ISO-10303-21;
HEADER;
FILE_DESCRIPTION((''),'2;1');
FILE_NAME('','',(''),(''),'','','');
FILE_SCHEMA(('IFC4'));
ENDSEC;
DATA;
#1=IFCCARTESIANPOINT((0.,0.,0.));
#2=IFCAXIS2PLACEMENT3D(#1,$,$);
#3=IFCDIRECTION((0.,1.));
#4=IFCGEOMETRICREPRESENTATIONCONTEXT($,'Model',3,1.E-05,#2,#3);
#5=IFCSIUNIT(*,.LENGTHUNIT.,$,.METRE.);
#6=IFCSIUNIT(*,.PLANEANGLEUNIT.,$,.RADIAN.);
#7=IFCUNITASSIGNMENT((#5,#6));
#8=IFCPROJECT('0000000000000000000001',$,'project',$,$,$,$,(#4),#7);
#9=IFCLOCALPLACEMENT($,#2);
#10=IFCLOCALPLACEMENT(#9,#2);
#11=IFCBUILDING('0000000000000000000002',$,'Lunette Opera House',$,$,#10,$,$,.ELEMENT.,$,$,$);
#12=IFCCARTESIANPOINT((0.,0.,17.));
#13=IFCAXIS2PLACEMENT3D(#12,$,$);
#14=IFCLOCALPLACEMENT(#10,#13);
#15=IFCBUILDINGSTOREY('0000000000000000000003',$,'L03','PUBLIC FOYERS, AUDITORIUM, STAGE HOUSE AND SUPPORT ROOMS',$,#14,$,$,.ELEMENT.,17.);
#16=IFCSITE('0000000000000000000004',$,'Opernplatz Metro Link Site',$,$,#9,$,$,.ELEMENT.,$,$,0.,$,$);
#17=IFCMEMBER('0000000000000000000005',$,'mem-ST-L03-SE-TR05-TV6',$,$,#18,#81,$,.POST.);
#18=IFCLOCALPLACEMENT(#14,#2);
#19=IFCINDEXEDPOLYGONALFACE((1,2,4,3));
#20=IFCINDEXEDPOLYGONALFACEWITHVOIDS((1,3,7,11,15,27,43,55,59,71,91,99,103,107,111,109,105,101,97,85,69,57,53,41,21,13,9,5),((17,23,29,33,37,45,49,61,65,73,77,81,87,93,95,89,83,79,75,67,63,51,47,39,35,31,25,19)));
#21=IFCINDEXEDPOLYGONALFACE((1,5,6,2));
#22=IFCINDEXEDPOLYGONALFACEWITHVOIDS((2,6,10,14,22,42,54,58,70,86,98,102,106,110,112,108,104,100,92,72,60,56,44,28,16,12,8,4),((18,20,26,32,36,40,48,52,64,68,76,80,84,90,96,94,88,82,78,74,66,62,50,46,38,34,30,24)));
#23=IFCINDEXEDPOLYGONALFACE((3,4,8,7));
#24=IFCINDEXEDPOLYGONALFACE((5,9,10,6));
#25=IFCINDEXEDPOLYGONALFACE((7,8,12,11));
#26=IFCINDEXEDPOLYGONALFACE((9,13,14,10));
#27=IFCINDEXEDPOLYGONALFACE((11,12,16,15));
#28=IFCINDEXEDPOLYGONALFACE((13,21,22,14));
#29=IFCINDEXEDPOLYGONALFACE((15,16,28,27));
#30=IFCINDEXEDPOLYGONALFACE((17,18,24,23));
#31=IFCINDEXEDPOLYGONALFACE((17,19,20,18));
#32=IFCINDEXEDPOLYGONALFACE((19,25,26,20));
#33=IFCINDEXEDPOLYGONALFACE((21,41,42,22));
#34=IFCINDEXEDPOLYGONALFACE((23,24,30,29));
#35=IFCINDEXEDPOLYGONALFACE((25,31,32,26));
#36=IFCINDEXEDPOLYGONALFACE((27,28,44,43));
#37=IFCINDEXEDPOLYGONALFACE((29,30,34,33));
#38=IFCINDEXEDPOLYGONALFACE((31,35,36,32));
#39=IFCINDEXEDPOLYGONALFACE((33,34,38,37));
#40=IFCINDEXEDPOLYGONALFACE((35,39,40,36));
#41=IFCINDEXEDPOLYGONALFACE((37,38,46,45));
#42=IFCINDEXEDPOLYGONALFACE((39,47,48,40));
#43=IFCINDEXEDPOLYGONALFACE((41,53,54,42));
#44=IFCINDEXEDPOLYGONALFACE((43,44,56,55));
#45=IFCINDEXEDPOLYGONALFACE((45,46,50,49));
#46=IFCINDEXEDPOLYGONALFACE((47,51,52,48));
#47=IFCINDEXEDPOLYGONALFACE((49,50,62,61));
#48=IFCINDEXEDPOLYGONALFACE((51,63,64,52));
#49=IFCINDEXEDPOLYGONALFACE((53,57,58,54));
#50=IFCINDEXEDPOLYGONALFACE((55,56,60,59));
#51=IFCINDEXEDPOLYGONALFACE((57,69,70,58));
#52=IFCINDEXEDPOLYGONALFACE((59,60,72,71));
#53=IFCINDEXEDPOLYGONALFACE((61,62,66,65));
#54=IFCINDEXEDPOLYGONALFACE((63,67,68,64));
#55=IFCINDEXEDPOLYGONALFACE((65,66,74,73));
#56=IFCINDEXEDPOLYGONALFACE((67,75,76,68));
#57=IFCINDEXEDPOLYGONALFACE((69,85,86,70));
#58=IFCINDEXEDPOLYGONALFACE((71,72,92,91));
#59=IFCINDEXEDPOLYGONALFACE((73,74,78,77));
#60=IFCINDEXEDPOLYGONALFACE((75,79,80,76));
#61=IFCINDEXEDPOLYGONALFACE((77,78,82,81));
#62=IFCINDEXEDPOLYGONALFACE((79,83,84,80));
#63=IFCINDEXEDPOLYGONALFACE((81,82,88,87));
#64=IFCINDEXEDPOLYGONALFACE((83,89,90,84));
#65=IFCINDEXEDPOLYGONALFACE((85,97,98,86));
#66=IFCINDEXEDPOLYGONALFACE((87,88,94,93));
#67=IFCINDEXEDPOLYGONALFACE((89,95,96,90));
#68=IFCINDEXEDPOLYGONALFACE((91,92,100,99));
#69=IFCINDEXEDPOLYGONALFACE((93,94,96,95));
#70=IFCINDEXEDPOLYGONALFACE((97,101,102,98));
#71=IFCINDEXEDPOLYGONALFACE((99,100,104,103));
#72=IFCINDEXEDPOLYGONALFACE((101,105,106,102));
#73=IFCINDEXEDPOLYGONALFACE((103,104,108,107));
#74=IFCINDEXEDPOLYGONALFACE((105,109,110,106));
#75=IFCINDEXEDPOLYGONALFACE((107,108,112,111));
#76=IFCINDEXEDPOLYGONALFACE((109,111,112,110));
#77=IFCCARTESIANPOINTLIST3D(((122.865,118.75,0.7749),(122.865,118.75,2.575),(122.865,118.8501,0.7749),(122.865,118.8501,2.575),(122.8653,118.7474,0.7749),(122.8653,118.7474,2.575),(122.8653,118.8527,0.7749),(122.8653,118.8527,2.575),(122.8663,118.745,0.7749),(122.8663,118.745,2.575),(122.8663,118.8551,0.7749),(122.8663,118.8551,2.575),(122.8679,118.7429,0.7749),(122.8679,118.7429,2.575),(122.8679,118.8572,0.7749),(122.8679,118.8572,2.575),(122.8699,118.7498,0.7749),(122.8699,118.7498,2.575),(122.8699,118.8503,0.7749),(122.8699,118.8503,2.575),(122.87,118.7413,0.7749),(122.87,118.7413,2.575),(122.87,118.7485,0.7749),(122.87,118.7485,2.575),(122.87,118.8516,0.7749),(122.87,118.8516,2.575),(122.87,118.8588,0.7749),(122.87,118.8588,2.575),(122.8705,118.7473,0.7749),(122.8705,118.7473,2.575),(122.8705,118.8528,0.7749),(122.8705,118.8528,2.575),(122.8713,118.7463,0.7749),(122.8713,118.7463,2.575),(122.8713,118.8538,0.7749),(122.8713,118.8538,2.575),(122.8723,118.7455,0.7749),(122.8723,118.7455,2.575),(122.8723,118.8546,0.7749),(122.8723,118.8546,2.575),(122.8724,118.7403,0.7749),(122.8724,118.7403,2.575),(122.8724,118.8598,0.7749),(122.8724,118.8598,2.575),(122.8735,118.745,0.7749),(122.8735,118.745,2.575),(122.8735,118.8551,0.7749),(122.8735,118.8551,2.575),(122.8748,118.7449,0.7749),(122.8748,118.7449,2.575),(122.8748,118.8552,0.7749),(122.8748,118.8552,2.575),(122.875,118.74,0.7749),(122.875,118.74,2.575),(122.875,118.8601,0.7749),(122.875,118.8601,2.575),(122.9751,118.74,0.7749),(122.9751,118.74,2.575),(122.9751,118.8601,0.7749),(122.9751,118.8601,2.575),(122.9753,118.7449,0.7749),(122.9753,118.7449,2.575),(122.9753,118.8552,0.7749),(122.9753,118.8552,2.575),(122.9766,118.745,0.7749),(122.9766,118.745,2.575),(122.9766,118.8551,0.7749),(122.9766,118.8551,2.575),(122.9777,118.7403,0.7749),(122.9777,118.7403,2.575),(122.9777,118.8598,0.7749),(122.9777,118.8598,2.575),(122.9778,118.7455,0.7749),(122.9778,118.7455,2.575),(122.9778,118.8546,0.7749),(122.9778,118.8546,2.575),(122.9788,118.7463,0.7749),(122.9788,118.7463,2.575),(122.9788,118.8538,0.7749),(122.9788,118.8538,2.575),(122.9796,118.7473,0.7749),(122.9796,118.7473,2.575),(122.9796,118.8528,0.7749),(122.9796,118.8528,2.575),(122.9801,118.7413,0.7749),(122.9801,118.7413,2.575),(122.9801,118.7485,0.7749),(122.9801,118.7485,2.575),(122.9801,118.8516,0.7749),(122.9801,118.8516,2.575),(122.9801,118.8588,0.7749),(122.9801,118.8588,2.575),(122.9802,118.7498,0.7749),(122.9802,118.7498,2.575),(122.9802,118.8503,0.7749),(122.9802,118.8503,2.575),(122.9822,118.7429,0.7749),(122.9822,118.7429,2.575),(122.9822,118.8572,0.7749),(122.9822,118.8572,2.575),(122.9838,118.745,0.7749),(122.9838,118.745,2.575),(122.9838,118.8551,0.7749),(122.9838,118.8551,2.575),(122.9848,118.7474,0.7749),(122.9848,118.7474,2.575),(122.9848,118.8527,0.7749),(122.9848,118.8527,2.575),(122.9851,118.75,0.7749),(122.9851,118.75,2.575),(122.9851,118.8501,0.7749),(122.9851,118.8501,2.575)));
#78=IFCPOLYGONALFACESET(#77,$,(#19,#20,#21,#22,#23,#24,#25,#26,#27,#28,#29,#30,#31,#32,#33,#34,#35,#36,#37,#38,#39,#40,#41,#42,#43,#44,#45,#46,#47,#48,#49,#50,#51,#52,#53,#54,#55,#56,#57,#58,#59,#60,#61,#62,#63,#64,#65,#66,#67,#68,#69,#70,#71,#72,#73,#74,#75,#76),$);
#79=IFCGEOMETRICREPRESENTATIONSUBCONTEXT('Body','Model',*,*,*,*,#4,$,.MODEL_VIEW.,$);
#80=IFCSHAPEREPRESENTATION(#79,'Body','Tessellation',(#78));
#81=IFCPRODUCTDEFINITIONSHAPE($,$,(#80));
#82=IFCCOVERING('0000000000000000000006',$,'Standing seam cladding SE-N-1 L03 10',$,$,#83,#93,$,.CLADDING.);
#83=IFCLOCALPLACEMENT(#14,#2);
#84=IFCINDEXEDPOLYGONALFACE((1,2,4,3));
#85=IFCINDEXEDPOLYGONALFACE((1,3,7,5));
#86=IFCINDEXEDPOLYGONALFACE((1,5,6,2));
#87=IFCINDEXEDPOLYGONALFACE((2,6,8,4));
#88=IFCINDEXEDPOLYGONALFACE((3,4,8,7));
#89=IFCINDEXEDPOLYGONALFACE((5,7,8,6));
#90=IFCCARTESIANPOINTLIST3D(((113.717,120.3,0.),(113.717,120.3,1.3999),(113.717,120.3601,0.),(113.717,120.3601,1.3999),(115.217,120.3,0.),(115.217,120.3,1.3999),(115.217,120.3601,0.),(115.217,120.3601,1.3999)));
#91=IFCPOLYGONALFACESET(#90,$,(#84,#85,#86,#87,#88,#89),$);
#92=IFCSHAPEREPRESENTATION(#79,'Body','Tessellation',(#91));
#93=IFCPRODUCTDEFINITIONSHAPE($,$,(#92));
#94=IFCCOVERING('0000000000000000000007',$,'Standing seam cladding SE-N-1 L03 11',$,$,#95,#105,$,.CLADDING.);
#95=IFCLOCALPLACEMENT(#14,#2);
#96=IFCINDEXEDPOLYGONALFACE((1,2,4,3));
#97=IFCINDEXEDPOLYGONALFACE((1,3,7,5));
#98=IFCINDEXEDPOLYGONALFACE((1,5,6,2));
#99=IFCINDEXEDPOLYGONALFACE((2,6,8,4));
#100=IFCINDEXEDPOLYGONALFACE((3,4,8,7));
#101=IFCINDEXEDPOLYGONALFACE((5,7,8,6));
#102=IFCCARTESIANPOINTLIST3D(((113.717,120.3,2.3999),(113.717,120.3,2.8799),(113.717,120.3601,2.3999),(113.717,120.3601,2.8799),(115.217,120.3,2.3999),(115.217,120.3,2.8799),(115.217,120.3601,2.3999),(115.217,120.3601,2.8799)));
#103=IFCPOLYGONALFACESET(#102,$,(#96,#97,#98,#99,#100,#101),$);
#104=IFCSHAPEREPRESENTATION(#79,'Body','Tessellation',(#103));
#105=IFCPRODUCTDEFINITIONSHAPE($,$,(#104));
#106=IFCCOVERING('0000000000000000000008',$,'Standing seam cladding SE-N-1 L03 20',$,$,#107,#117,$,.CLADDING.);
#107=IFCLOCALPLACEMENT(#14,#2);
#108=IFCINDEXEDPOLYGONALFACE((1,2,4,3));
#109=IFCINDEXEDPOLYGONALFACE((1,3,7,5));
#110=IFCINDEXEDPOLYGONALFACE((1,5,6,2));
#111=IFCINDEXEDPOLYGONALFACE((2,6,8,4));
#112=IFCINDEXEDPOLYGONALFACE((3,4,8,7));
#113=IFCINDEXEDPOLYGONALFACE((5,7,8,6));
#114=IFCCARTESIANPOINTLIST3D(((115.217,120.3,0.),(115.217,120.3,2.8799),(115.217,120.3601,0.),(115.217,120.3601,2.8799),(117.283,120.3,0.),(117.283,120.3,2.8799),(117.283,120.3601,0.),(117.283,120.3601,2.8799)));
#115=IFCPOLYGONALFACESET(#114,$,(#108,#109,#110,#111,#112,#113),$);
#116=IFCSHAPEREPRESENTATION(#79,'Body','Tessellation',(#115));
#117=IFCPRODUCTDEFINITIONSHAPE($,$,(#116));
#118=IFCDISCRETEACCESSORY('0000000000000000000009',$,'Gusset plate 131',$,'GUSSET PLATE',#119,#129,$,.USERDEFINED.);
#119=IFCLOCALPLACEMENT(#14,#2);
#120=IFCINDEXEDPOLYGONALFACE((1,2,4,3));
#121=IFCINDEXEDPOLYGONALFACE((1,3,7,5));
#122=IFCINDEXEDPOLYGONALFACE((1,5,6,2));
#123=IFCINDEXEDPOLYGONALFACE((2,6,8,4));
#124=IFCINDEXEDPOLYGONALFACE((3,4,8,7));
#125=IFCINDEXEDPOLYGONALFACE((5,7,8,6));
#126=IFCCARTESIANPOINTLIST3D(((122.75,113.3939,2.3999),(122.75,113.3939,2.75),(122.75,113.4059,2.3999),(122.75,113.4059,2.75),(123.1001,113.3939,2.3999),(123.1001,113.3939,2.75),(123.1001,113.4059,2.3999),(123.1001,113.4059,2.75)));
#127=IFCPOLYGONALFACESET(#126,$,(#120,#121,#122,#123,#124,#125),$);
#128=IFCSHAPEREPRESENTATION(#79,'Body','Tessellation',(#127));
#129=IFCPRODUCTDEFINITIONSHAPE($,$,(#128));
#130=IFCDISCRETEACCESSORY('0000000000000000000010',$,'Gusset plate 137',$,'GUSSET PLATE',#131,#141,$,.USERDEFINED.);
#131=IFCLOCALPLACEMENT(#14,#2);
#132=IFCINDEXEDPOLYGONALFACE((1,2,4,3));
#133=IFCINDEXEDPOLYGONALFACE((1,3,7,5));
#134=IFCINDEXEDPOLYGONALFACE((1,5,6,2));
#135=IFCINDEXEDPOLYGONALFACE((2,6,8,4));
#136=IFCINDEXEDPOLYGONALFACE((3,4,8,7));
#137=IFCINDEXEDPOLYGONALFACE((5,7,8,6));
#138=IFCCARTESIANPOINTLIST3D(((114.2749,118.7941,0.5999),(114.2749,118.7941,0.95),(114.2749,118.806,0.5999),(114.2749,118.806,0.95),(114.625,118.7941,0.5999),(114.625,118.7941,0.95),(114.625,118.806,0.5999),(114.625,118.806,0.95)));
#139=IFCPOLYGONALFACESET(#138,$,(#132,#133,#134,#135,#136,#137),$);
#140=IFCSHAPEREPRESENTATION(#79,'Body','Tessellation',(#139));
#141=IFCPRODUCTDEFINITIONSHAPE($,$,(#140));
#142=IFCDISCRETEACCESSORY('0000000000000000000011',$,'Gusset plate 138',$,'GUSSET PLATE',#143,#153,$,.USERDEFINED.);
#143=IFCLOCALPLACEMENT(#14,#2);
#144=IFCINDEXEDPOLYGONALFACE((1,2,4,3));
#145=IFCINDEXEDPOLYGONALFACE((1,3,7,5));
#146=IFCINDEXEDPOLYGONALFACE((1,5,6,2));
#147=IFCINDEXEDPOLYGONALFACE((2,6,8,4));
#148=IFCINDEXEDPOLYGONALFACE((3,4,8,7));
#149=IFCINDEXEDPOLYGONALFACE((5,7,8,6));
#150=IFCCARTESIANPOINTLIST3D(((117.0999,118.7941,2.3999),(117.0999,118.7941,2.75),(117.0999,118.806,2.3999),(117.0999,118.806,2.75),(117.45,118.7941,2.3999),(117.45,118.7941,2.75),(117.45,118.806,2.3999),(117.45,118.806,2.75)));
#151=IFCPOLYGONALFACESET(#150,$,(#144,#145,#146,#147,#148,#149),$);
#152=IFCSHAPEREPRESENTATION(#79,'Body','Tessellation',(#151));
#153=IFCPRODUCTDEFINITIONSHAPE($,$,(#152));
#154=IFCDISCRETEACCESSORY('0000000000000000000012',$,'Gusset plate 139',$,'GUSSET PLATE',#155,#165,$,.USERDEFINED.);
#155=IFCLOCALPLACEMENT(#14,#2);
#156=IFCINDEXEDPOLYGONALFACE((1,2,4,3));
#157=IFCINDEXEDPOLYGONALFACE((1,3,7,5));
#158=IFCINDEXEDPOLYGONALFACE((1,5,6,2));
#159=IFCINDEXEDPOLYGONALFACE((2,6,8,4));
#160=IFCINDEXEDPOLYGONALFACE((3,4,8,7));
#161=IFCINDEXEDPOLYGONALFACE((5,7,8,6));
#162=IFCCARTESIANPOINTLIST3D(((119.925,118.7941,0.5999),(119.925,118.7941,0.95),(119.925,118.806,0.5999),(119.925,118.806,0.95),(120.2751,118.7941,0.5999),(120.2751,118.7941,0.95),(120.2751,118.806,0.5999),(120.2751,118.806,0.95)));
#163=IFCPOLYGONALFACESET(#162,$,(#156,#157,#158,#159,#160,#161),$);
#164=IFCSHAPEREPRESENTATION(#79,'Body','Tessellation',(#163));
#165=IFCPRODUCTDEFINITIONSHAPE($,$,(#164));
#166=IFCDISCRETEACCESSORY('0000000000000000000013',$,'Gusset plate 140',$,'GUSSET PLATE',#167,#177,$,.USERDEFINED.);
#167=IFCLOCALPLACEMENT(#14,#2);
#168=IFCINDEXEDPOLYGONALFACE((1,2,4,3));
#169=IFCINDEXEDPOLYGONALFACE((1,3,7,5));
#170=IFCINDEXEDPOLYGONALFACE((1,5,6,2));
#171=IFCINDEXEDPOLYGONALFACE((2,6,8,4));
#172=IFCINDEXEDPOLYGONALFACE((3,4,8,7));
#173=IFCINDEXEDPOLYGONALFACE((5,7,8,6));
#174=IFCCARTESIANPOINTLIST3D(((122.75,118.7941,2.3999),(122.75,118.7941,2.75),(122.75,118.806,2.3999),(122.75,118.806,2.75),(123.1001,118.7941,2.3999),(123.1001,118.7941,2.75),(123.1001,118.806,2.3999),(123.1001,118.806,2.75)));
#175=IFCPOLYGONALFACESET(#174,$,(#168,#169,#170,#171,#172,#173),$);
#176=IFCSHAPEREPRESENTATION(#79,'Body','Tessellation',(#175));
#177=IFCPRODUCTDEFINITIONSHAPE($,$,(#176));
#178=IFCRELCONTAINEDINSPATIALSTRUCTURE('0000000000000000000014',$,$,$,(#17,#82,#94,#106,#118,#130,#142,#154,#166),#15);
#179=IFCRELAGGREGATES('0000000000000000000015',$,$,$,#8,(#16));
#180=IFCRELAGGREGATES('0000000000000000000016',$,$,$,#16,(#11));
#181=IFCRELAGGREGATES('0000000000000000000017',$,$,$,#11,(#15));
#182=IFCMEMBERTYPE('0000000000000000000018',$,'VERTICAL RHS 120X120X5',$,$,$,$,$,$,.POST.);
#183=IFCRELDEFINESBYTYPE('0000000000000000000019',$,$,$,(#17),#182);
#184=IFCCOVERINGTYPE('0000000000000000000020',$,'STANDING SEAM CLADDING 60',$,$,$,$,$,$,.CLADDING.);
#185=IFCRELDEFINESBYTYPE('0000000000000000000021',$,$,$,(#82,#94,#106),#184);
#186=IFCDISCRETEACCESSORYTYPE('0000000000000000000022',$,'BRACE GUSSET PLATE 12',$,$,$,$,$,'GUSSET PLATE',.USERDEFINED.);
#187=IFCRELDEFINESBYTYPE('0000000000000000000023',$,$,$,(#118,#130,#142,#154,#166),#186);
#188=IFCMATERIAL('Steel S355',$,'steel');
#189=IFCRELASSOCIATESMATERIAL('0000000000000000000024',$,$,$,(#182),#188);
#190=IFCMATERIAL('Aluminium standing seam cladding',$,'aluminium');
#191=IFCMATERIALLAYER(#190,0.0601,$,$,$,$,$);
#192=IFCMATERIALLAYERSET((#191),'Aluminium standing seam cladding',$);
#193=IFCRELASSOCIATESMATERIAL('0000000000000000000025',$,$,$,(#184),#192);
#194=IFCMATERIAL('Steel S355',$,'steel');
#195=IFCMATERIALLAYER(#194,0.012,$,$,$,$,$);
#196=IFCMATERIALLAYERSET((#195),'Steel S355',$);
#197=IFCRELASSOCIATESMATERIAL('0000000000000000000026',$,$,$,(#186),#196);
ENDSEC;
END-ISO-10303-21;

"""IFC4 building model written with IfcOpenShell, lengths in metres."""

from ifc_helpers import new_model, si_unit, direction, frame, origin, origin_2d, place, context, subcontext, project, spatial, rectangle, hollow_rectangle, extrude, material, layer, layer_set, material_profile, profile_set, type_object, element, save


model = new_model("IFC4")

# Units and contexts
model_context = context("Model", 3, precision=1e-05, world=origin(), true_north=direction((0.0, 1.0)))
body_context = subcontext(model_context, "Body", "Model", "MODEL_VIEW")
ifc_project = project(units=[si_unit("LENGTHUNIT", "METRE"), si_unit("PLANEANGLEUNIT", "RADIAN")], contexts=[model_context])

# Site, building, storey
site_placement = place(None, origin())
site = spatial("IfcSite", under=ifc_project, at=site_placement, Name="Opernplatz Metro Link Site", CompositionType="ELEMENT", RefElevation=0.0)
building_placement = place(site_placement, origin())
building = spatial("IfcBuilding", under=site, at=building_placement, Name="Lunette Opera House", CompositionType="ELEMENT")
storey_placement = place(building_placement, frame((0.0, 0.0, 17.0)))
storey = spatial("IfcBuildingStorey", under=building, at=storey_placement, Name="L03", Description="PUBLIC FOYERS, AUDITORIUM, STAGE HOUSE AND SUPPORT ROOMS", CompositionType="ELEMENT", Elevation=17.0)

# Member
ifc_material_1 = material(Name="Steel S355", Category="steel")
ifc_material_profile_1 = material_profile(ifc_material_1, hollow_rectangle(XDim=0.1201, YDim=0.1201, WallThickness=0.0049, InnerFilletRadius=0.0049, OuterFilletRadius=0.01, at=origin_2d()), Name="RHS 120X120X5")
ifc_profile_set_1 = profile_set([ifc_material_profile_1], Name="Steel S355")
member_type_1 = type_object("IfcMemberType", Name="VERTICAL RHS 120X120X5", PredefinedType="POST", material=ifc_profile_set_1)
for number, where, z_axis, x_axis, name in (
    (1, (122.925, 118.8, 0.7749), (0.0, 0.0, 1.0), (1.0, 0.0, 0.0), "mem-ST-L03-SE-TR05-TV6"),
):
    element("IfcMember", number, at=place(storey_placement, frame(where, z_axis=z_axis, x_axis=x_axis)), inside=storey, type_object=member_type_1, Name=name, PredefinedType="POST", context=body_context, shape_type="SweptSolid", body=[
        extrude(hollow_rectangle(XDim=0.1201, YDim=0.1201, WallThickness=0.0049, InnerFilletRadius=0.0049, OuterFilletRadius=0.01, at=origin_2d()), origin(), (0.0, 0.0, 1.0), 1.8),
    ])

# Coverings
ifc_material_2 = material(Name="Aluminium standing seam cladding", Category="aluminium")
ifc_layer_1 = layer(ifc_material_2, 0.0601)
ifc_layer_set_1 = layer_set([ifc_layer_1], Name="Aluminium standing seam cladding")
covering_type = type_object("IfcCoveringType", Name="STANDING SEAM CLADDING 60", PredefinedType="CLADDING", material=ifc_layer_set_1)
covering_1_placement = place(storey_placement, frame((114.467, 120.3301, 0.0), z_axis=(0.0, 0.0, 1.0), x_axis=(1.0, 0.0, 0.0)))
element("IfcCovering", 2, at=covering_1_placement, inside=storey, type_object=covering_type, Name="Standing seam cladding SE-N-1 L03 10", PredefinedType="CLADDING", context=body_context, shape_type="SweptSolid", body=[
    extrude(rectangle(XDim=1.5, YDim=0.0601, at=origin_2d()), origin(), (0.0, 0.0, 1.0), 1.3999),
])
covering_2_placement = place(storey_placement, frame((114.467, 120.3301, 2.3999), z_axis=(0.0, 0.0, 1.0), x_axis=(1.0, 0.0, 0.0)))
element("IfcCovering", 3, at=covering_2_placement, inside=storey, type_object=covering_type, Name="Standing seam cladding SE-N-1 L03 11", PredefinedType="CLADDING", context=body_context, shape_type="SweptSolid", body=[
    extrude(rectangle(XDim=1.5, YDim=0.0601, at=origin_2d()), origin(), (0.0, 0.0, 1.0), 0.48),
])
covering_3_placement = place(storey_placement, frame((116.25, 120.3301, 0.0), z_axis=(0.0, 0.0, 1.0), x_axis=(1.0, 0.0, 0.0)))
element("IfcCovering", 4, at=covering_3_placement, inside=storey, type_object=covering_type, Name="Standing seam cladding SE-N-1 L03 20", PredefinedType="CLADDING", context=body_context, shape_type="SweptSolid", body=[
    extrude(rectangle(XDim=2.0659, YDim=0.0601, at=origin_2d()), origin(), (0.0, 0.0, 1.0), 2.8799),
])

# Discrete accessories
ifc_material_3 = material(Name="Steel S355", Category="steel")
ifc_layer_2 = layer(ifc_material_3, 0.012)
ifc_layer_set_2 = layer_set([ifc_layer_2], Name="Steel S355")
discrete_accessory_type = type_object("IfcDiscreteAccessoryType", Name="BRACE GUSSET PLATE 12", ElementType="GUSSET PLATE", PredefinedType="USERDEFINED", material=ifc_layer_set_2)
for number, where, z_axis, x_axis, name in (
    (5, (122.925, 113.3999, 2.3999), (0.0, 0.0, 1.0), (1.0, 0.0, 0.0), "Gusset plate 131"),
    (6, (114.45, 118.8, 0.5999), (0.0, 0.0, 1.0), (1.0, 0.0, 0.0), "Gusset plate 137"),
    (7, (117.2749, 118.8, 2.3999), (0.0, 0.0, 1.0), (1.0, 0.0, 0.0), "Gusset plate 138"),
    (8, (120.1001, 118.8, 0.5999), (0.0, 0.0, 1.0), (1.0, 0.0, 0.0), "Gusset plate 139"),
    (9, (122.925, 118.8, 2.3999), (0.0, 0.0, 1.0), (1.0, 0.0, 0.0), "Gusset plate 140"),
):
    element("IfcDiscreteAccessory", number, at=place(storey_placement, frame(where, z_axis=z_axis, x_axis=x_axis)), inside=storey, type_object=discrete_accessory_type, Name=name, ObjectType="GUSSET PLATE", PredefinedType="USERDEFINED", context=body_context, shape_type="SweptSolid", body=[
        extrude(rectangle(XDim=0.3501, YDim=0.012, at=origin_2d()), origin(), (0.0, 0.0, 1.0), 0.3501),
    ])

save(model, "model.ifc")
